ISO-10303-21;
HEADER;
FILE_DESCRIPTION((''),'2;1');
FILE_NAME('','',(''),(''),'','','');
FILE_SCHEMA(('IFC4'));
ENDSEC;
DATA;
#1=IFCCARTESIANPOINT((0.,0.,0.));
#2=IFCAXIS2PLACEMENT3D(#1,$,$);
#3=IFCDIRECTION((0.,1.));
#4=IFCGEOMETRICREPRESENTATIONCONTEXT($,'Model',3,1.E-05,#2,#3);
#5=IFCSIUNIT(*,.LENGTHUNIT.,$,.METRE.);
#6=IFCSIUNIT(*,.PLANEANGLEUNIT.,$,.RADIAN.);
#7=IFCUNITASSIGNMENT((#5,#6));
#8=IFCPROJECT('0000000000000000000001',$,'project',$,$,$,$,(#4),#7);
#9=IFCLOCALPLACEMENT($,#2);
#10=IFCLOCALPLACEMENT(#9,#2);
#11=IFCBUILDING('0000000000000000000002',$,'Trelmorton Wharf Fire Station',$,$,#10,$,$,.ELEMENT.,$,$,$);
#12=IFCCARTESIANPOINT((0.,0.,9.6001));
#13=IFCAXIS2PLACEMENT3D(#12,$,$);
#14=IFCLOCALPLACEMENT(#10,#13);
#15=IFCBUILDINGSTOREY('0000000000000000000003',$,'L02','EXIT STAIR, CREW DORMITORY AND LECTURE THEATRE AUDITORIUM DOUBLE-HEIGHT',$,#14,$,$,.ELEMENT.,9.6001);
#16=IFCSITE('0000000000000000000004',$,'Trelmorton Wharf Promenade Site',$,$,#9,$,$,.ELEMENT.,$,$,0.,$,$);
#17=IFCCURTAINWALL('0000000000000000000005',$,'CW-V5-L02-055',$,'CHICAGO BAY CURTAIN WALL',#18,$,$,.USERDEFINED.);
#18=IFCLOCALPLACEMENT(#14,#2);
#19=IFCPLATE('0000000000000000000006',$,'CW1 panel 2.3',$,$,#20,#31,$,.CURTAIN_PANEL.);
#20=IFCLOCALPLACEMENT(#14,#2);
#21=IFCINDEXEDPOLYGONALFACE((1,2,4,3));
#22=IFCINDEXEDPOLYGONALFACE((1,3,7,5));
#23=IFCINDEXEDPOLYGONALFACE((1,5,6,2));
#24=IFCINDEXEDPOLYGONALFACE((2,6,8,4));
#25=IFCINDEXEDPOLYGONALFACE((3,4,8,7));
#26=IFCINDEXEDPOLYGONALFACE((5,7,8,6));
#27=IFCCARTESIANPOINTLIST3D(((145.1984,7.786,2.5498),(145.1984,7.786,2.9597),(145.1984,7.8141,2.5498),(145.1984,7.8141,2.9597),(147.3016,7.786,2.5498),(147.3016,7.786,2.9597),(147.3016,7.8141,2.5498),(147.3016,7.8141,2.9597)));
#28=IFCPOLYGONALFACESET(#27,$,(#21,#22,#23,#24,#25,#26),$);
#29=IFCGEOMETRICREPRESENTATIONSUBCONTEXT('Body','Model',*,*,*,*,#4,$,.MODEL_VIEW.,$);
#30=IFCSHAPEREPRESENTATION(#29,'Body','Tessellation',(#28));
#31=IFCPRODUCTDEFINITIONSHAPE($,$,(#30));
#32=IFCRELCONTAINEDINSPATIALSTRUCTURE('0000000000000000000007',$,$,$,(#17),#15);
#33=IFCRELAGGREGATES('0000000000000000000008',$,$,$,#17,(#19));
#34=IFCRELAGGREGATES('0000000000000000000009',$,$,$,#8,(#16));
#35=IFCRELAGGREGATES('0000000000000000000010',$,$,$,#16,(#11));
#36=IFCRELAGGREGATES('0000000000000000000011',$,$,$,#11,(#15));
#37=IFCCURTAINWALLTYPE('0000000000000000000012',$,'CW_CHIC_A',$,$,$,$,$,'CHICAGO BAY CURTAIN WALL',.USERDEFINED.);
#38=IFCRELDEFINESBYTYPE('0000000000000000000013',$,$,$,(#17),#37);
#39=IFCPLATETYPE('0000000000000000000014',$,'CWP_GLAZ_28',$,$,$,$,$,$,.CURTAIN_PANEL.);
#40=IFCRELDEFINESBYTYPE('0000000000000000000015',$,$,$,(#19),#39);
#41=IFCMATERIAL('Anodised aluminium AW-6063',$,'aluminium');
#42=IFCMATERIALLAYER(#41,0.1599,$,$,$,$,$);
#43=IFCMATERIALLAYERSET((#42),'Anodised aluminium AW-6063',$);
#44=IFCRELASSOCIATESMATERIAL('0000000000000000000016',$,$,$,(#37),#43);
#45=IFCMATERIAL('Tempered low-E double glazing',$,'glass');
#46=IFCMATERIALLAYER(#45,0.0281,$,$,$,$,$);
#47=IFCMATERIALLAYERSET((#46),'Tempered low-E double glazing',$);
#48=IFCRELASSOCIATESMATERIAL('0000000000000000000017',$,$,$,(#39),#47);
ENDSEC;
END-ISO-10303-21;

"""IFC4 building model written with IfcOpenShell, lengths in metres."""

from ifc_helpers import new_model, si_unit, direction, frame, origin, origin_2d, place, context, subcontext, project, spatial, rectangle, extrude, material, layer, layer_set, type_object, element, aggregate, save


model = new_model("IFC4")

# Units and contexts
model_context = context("Model", 3, precision=1e-05, world=origin(), true_north=direction((0.0, 1.0)))
body_context = subcontext(model_context, "Body", "Model", "MODEL_VIEW")
ifc_project = project(units=[si_unit("LENGTHUNIT", "METRE"), si_unit("PLANEANGLEUNIT", "RADIAN")], contexts=[model_context])

# Site, building, storey
site_placement = place(None, origin())
site = spatial("IfcSite", under=ifc_project, at=site_placement, Name="Trelmorton Wharf Promenade Site", CompositionType="ELEMENT", RefElevation=0.0)
building_placement = place(site_placement, origin())
building = spatial("IfcBuilding", under=site, at=building_placement, Name="Trelmorton Wharf Fire Station", CompositionType="ELEMENT")
storey_placement = place(building_placement, frame((0.0, 0.0, 9.6001)))
storey = spatial("IfcBuildingStorey", under=building, at=storey_placement, Name="L02", Description="EXIT STAIR, CREW DORMITORY AND LECTURE THEATRE AUDITORIUM DOUBLE-HEIGHT", CompositionType="ELEMENT", Elevation=9.6001)

# Curtain wall
ifc_material_1 = material(Name="Anodised aluminium AW-6063", Category="aluminium")
ifc_layer_1 = layer(ifc_material_1, 0.1599)
ifc_layer_set_1 = layer_set([ifc_layer_1], Name="Anodised aluminium AW-6063")
curtain_wall_type = type_object("IfcCurtainWallType", Name="CW_CHIC_A", ElementType="CHICAGO BAY CURTAIN WALL", PredefinedType="USERDEFINED", material=ifc_layer_set_1)
curtain_wall_placement = place(storey_placement, origin())
curtain_wall = element("IfcCurtainWall", 1, at=curtain_wall_placement, inside=storey, type_object=curtain_wall_type, Name="CW-V5-L02-055", ObjectType="CHICAGO BAY CURTAIN WALL", PredefinedType="USERDEFINED")

# Plate
ifc_material_2 = material(Name="Tempered low-E double glazing", Category="glass")
ifc_layer_2 = layer(ifc_material_2, 0.0281)
ifc_layer_set_2 = layer_set([ifc_layer_2], Name="Tempered low-E double glazing")
plate_type = type_object("IfcPlateType", Name="CWP_GLAZ_28", PredefinedType="CURTAIN_PANEL", material=ifc_layer_set_2)
plate_1_placement = place(storey_placement, frame((146.25, 7.8, 2.5498), z_axis=(0.0, 0.0, 1.0), x_axis=(-1.0, 0.0, 0.0)))
plate_1 = element("IfcPlate", 2, at=plate_1_placement, type_object=plate_type, Name="CW1 panel 2.3", PredefinedType="CURTAIN_PANEL", context=body_context, shape_type="SweptSolid", body=[
    extrude(rectangle(XDim=2.1033, YDim=0.0281, at=origin_2d()), origin(), (0.0, 0.0, 1.0), 0.4099),
])
aggregate(curtain_wall, [plate_1])

save(model, "model.ifc")
